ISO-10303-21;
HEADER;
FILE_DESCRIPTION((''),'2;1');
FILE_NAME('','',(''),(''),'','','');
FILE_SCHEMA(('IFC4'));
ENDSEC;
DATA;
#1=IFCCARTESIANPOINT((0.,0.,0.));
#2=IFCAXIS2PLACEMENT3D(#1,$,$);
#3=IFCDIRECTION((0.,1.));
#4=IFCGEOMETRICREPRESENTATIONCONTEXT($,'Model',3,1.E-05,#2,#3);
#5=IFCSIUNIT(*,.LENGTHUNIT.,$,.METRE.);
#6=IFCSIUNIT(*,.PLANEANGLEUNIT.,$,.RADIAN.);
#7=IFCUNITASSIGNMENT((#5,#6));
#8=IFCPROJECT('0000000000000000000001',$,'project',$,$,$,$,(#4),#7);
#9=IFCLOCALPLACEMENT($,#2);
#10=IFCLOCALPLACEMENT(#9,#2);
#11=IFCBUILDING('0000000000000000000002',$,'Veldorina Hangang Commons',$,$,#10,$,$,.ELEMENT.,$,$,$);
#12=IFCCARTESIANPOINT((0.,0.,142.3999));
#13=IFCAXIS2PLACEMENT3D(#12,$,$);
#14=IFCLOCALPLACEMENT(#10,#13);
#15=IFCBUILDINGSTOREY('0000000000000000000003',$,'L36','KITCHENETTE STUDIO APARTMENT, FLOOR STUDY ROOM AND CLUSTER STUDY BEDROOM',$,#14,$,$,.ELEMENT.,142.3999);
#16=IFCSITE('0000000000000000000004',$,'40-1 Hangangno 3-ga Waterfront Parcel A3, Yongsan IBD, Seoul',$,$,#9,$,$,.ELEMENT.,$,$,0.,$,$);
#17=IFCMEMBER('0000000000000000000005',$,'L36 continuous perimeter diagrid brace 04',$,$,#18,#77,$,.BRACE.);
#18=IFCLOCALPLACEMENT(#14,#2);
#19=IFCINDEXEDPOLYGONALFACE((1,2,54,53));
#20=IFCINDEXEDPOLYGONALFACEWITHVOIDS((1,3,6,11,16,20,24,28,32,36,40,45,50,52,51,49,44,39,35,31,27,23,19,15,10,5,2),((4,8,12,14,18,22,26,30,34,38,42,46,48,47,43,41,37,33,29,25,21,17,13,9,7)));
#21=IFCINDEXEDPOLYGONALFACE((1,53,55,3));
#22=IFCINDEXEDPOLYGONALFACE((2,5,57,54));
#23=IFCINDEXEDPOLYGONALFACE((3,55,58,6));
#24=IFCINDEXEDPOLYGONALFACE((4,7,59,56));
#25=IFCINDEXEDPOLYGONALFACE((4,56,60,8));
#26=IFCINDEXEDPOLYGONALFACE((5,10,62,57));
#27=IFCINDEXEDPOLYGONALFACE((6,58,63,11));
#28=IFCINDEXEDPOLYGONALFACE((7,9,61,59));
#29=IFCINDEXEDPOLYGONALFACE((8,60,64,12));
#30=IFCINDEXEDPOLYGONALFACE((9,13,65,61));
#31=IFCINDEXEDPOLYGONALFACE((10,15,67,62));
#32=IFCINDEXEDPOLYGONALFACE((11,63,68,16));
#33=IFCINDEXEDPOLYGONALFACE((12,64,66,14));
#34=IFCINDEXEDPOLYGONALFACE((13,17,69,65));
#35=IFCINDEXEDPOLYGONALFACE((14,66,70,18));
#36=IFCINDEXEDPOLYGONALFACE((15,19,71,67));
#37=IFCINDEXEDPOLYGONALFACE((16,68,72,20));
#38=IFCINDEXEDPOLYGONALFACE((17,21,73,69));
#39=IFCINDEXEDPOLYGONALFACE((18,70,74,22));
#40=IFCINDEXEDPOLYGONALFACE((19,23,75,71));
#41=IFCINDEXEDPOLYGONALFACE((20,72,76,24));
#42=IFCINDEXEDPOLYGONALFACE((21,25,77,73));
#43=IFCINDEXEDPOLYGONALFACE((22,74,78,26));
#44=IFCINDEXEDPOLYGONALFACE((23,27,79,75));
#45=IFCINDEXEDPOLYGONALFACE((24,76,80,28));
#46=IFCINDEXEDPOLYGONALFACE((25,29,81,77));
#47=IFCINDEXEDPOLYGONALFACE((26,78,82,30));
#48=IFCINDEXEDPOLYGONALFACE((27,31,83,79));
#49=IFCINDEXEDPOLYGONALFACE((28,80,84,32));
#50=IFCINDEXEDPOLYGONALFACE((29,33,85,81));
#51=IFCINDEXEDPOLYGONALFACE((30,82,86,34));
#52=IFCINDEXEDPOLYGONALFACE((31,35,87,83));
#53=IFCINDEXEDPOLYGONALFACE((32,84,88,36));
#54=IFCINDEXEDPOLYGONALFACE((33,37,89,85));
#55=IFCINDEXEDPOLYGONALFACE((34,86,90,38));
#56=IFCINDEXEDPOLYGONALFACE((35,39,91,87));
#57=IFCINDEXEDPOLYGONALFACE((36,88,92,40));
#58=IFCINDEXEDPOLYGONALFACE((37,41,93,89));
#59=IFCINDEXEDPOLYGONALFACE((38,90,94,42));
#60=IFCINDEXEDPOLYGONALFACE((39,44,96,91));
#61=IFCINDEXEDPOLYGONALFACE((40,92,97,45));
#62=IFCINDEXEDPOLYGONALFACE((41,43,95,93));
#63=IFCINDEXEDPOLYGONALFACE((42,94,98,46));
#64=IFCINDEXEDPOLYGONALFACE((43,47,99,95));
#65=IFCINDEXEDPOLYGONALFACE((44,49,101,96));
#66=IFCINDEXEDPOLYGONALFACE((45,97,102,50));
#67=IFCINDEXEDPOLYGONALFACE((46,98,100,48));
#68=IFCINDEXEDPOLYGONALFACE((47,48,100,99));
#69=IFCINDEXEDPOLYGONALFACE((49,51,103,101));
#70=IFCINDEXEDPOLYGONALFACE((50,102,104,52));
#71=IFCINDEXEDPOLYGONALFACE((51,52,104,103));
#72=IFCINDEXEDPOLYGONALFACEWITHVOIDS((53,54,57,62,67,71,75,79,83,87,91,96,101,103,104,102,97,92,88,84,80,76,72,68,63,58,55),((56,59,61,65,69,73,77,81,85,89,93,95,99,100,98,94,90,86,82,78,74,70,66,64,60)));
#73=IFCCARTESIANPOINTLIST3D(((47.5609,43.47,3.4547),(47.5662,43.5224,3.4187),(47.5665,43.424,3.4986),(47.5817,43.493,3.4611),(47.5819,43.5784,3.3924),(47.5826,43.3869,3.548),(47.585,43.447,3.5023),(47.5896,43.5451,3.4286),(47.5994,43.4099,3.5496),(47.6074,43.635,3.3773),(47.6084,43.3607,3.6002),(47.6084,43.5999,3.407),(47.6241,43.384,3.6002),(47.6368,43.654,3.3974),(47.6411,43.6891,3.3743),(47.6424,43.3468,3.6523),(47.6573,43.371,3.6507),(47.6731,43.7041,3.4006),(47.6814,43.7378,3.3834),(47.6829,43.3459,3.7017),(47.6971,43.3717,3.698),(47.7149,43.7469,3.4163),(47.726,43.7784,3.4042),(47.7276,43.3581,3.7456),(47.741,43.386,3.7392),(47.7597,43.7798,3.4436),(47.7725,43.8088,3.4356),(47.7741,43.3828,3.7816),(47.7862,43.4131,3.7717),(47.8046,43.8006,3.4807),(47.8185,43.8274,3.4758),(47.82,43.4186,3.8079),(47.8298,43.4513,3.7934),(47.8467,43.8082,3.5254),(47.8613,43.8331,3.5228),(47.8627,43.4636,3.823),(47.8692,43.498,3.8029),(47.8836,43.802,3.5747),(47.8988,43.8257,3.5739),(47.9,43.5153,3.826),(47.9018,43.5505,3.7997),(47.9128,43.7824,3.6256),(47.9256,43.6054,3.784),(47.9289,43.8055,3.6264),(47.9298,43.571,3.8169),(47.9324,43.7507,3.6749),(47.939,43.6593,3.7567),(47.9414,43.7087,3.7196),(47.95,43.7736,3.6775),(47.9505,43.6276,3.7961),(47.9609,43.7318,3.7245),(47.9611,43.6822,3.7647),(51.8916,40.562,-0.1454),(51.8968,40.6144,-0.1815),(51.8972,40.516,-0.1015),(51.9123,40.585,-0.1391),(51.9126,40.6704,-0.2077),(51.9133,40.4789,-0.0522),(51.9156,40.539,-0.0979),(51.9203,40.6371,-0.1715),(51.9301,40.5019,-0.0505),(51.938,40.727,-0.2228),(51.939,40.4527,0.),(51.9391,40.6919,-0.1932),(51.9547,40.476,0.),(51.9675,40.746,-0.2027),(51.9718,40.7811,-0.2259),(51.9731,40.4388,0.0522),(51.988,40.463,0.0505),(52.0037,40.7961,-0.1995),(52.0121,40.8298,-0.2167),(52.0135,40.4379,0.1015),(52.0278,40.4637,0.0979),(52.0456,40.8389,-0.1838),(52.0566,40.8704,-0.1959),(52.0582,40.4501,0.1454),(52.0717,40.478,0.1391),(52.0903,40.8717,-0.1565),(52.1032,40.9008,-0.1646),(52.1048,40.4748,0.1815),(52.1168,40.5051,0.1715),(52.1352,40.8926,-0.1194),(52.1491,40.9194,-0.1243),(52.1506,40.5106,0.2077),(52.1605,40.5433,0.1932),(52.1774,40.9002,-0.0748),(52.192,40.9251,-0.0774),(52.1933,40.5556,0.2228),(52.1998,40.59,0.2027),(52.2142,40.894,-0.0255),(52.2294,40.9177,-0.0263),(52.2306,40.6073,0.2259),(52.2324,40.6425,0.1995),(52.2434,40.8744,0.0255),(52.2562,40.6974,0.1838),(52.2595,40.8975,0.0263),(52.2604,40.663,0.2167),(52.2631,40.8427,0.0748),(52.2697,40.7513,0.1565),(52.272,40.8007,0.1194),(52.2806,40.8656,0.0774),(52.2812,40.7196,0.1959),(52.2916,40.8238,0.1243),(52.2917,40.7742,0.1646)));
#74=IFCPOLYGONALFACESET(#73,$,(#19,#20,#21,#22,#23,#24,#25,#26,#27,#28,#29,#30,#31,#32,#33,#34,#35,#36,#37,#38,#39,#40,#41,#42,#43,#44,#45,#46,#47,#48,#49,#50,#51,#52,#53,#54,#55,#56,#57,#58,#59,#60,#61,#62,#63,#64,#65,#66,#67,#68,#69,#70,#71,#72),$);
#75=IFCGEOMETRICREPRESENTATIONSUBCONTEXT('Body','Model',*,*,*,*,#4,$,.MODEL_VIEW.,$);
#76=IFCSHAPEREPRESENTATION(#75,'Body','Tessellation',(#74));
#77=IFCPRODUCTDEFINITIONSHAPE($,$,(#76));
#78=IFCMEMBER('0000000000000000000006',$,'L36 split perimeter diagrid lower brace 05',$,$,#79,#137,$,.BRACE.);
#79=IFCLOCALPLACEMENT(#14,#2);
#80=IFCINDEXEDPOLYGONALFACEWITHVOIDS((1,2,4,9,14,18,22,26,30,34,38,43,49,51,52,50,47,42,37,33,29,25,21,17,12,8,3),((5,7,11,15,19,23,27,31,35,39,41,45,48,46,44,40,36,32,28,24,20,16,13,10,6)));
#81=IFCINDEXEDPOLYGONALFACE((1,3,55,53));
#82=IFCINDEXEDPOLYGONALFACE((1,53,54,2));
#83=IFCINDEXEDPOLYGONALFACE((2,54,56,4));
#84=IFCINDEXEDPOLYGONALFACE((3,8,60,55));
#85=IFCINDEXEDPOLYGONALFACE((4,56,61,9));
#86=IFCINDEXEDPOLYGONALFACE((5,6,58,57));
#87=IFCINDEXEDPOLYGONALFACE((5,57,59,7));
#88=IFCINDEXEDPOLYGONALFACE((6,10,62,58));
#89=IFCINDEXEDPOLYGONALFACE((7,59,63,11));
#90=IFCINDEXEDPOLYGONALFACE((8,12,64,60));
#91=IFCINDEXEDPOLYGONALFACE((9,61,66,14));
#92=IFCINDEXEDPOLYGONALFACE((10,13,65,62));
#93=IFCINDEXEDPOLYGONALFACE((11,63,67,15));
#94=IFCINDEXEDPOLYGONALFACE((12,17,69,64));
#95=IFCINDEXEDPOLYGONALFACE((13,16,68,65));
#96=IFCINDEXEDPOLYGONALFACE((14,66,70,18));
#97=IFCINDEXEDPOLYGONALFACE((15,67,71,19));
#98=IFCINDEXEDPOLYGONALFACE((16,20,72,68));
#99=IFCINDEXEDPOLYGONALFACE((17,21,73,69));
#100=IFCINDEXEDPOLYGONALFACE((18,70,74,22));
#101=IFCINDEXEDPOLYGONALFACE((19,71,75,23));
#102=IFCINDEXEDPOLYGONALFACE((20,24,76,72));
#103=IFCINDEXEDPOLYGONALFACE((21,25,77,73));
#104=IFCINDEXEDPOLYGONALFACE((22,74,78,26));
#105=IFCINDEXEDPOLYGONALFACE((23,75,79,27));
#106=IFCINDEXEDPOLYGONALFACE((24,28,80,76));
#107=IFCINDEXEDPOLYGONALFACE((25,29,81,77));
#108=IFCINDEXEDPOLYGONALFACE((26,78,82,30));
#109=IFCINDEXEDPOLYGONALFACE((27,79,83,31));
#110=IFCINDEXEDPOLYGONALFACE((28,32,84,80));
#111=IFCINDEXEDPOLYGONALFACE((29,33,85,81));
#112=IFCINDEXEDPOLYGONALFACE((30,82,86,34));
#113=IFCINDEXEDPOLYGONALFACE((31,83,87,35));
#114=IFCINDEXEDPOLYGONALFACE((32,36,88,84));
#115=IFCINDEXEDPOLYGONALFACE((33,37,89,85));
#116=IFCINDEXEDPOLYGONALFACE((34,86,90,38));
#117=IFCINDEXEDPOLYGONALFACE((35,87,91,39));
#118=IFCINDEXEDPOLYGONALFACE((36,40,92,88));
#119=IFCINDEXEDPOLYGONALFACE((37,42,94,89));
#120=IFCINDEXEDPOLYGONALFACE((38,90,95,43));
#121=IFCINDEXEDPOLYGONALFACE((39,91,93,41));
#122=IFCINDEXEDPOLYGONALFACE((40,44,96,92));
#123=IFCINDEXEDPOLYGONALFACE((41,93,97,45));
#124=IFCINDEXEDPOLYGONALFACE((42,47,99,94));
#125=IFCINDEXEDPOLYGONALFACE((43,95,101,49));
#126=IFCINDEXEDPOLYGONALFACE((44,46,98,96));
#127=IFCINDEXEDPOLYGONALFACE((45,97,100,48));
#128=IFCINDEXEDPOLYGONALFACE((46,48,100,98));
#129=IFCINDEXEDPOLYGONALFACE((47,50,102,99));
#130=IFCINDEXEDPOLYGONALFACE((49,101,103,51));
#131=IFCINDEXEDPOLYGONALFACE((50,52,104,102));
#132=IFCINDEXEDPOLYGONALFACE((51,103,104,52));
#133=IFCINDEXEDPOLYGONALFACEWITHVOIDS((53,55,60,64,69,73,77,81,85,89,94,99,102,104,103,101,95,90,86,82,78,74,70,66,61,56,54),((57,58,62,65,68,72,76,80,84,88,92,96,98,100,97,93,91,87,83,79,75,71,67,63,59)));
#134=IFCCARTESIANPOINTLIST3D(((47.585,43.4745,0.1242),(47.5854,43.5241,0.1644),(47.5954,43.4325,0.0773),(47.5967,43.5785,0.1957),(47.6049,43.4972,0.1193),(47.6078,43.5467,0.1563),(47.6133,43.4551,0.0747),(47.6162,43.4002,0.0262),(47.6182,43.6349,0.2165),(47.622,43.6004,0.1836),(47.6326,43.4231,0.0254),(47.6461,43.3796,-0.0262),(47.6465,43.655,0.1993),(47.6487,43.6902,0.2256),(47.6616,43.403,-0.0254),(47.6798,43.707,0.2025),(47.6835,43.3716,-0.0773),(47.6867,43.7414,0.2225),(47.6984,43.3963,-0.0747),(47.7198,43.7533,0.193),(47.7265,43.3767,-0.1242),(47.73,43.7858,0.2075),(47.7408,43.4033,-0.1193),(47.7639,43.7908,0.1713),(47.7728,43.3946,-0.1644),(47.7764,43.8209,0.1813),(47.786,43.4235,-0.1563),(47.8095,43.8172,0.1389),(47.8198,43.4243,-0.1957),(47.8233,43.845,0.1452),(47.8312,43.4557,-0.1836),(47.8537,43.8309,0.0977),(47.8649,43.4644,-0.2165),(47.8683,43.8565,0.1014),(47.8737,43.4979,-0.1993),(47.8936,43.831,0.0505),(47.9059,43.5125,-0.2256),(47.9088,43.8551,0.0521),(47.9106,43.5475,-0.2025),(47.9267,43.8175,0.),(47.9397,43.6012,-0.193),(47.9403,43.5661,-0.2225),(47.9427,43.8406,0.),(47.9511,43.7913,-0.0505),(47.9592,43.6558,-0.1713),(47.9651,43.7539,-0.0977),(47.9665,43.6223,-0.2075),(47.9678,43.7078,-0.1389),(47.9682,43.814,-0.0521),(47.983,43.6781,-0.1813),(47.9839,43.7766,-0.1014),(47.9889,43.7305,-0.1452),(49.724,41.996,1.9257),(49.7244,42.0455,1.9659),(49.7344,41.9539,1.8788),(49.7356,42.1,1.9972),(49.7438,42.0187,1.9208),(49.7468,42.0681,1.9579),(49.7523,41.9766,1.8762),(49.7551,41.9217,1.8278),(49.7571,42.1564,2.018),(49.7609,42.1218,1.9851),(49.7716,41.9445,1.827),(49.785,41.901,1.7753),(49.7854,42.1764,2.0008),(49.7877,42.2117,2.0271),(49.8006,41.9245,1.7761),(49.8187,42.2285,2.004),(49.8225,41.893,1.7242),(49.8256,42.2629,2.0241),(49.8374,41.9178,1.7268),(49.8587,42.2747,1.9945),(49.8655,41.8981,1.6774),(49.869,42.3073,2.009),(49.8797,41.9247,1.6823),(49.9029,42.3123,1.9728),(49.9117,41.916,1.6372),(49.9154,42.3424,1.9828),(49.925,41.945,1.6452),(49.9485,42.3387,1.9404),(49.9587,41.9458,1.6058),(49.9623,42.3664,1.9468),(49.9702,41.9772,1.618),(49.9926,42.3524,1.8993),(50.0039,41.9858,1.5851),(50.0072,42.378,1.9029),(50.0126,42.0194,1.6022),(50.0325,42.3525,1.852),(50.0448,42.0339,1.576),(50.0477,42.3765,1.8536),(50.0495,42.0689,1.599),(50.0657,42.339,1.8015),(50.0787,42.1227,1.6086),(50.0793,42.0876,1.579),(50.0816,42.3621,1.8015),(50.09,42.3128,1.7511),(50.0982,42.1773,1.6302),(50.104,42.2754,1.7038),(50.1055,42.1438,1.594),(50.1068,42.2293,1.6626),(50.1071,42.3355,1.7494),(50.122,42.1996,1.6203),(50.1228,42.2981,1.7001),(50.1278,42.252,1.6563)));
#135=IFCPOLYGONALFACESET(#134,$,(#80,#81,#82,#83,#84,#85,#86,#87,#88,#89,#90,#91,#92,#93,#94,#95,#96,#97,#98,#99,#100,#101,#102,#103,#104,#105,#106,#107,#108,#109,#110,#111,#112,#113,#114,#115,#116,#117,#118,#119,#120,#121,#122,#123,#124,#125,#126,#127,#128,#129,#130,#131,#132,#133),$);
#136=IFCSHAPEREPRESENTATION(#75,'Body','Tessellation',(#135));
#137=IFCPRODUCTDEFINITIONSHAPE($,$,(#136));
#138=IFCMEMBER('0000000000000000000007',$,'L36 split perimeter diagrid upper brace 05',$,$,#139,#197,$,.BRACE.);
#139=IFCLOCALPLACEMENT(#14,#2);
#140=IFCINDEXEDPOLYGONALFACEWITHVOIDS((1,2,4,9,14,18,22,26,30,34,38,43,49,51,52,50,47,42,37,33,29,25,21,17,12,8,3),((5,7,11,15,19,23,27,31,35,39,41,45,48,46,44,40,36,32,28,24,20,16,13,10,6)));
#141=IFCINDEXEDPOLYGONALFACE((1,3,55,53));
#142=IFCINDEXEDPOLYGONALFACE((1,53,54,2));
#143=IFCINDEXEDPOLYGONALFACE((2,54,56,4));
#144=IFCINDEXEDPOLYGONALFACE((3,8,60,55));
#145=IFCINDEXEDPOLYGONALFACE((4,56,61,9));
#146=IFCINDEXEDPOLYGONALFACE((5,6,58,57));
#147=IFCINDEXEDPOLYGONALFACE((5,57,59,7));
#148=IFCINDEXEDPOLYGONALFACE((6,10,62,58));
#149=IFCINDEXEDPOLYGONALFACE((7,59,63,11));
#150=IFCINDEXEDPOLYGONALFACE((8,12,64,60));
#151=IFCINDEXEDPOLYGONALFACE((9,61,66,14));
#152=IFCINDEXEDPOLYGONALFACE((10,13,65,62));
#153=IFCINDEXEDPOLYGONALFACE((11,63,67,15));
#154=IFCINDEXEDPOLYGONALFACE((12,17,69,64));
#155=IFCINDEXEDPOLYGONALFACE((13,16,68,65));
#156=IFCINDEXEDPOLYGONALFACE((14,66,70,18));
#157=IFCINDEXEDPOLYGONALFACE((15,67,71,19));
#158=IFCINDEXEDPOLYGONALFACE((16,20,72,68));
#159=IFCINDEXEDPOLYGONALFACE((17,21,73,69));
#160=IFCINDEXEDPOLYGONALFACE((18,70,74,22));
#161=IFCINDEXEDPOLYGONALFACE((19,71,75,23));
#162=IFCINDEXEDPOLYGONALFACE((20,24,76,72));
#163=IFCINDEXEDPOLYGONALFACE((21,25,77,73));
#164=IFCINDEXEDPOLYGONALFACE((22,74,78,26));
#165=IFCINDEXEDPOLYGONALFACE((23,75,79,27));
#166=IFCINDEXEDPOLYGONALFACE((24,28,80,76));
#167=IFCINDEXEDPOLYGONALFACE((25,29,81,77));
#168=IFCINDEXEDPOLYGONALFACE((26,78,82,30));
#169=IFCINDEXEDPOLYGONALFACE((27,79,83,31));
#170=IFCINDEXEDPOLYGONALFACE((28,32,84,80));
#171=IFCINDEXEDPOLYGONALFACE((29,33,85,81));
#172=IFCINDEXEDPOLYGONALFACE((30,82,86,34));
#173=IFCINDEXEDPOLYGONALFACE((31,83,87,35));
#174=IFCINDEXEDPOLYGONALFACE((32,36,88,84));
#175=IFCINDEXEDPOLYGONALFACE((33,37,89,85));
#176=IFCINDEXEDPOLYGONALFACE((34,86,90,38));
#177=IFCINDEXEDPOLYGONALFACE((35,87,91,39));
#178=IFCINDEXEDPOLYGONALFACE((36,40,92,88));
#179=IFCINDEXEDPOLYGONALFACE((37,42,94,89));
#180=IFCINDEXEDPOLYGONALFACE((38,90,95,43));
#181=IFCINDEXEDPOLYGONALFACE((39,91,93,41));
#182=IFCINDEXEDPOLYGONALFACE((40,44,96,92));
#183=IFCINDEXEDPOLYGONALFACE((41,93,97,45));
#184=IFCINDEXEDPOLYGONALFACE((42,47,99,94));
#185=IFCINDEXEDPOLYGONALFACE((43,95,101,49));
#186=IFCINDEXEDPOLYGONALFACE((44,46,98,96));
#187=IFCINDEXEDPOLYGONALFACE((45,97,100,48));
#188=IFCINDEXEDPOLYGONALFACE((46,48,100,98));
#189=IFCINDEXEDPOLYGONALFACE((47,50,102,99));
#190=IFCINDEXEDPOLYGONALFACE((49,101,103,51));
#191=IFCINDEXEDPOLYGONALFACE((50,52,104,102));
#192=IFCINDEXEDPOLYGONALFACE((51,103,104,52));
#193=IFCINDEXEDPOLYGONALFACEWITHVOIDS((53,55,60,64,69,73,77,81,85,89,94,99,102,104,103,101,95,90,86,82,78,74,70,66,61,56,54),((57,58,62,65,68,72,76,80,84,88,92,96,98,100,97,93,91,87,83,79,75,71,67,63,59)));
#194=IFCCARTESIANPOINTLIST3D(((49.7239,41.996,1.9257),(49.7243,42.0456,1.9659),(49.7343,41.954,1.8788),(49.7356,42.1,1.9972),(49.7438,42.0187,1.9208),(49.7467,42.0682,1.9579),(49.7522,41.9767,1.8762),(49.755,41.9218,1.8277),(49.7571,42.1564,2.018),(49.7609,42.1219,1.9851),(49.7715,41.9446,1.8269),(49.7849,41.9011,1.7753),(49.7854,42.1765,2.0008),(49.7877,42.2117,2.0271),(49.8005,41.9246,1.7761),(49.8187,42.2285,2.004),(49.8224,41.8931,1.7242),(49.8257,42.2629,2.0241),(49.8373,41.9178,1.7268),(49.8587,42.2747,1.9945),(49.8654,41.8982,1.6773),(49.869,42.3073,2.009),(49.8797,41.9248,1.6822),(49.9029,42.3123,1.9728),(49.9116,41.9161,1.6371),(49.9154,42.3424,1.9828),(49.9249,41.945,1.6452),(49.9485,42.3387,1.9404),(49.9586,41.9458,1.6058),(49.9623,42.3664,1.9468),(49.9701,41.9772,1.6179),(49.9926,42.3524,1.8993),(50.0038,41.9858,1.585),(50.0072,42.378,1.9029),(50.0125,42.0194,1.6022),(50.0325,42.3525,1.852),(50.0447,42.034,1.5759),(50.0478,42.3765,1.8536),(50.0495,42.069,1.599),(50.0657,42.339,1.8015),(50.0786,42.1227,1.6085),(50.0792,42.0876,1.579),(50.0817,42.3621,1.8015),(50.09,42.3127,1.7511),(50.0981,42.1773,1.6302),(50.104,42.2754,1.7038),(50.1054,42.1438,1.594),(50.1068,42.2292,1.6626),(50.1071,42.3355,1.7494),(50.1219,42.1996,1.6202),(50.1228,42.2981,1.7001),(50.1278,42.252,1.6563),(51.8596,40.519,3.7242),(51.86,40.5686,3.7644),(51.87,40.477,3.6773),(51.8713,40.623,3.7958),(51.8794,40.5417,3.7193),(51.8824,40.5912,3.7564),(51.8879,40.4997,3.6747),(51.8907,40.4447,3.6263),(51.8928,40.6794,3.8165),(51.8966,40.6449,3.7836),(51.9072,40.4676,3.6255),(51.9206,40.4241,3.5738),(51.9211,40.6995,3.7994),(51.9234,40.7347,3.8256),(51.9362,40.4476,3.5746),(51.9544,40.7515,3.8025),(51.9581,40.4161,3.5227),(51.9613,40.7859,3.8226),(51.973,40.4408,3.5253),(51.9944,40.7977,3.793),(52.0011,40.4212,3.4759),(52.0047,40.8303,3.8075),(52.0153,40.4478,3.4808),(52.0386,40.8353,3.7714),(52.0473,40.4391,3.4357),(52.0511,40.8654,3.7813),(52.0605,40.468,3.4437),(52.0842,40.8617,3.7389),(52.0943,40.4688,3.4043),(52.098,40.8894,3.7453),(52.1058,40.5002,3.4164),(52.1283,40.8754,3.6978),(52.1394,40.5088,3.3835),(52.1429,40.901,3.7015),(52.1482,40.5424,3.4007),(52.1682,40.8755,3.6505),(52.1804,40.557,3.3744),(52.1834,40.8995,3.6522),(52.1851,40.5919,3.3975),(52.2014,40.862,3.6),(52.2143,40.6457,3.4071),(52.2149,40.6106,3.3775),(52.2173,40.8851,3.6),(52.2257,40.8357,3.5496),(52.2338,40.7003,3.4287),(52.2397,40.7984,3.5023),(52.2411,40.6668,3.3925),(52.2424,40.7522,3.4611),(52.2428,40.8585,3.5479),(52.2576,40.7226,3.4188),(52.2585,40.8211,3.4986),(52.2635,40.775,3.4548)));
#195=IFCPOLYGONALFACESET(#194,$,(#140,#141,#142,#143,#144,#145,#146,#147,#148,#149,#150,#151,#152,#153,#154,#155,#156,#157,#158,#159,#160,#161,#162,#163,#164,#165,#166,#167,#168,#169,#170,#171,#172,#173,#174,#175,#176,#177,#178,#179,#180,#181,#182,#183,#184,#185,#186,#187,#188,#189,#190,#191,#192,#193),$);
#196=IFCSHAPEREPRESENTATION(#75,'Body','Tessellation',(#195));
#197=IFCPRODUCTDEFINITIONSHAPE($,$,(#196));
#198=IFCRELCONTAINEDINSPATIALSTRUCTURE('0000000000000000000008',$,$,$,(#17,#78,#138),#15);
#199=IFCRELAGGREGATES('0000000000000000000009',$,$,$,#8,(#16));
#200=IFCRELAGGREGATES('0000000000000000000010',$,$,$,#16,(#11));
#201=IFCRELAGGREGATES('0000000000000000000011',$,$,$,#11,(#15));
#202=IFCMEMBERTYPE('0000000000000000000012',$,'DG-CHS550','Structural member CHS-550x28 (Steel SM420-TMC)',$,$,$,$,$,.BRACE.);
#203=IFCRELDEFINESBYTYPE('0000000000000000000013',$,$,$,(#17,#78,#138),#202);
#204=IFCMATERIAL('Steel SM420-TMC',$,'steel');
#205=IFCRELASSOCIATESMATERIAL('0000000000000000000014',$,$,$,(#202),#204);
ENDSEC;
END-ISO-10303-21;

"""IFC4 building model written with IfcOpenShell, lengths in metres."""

from ifc_helpers import new_model, si_unit, direction, frame, origin, origin_2d, place, context, subcontext, project, spatial, hollow_circle, extrude, material, material_profile, profile_set, type_object, element, save


model = new_model("IFC4")

# Units and contexts
model_context = context("Model", 3, precision=1e-05, world=origin(), true_north=direction((0.0, 1.0)))
body_context = subcontext(model_context, "Body", "Model", "MODEL_VIEW")
ifc_project = project(units=[si_unit("LENGTHUNIT", "METRE"), si_unit("PLANEANGLEUNIT", "RADIAN")], contexts=[model_context])

# Site, building, storey
site_placement = place(None, origin())
site = spatial("IfcSite", under=ifc_project, at=site_placement, Name="40-1 Hangangno 3-ga Waterfront Parcel A3, Yongsan IBD, Seoul", CompositionType="ELEMENT", RefElevation=0.0)
building_placement = place(site_placement, origin())
building = spatial("IfcBuilding", under=site, at=building_placement, Name="Veldorina Hangang Commons", CompositionType="ELEMENT")
storey_placement = place(building_placement, frame((0.0, 0.0, 142.3999)))
storey = spatial("IfcBuildingStorey", under=building, at=storey_placement, Name="L36", Description="KITCHENETTE STUDIO APARTMENT, FLOOR STUDY ROOM AND CLUSTER STUDY BEDROOM", CompositionType="ELEMENT", Elevation=142.3999)

# Shared definitions
ifc_material_1 = material(Name="Steel SM420-TMC", Category="steel")

# Members
ifc_material_profile_1 = material_profile(ifc_material_1, hollow_circle(Radius=0.2749, WallThickness=0.0281, at=origin_2d()), Name="CHS-550x28")
ifc_profile_set_1 = profile_set([ifc_material_profile_1], Name="Steel SM420-TMC")
member_type = type_object("IfcMemberType", Name="DG-CHS550", Description="Structural member CHS-550x28 (Steel SM420-TMC)", PredefinedType="BRACE", material=ifc_profile_set_1)
member_1_placement = place(storey_placement, frame((52.0923, 40.6809, 0.0), z_axis=(-0.683266, 0.458811, 0.568014), x_axis=(-0.557473, -0.830195, 0.0)))
element("IfcMember", 1, at=member_1_placement, inside=storey, type_object=member_type, Name="L36 continuous perimeter diagrid brace 04", PredefinedType="BRACE", context=body_context, shape_type="SweptSolid", body=[
    extrude(hollow_circle(Radius=0.2749, WallThickness=0.0281, at=origin_2d()), origin(), (0.0, 0.0, 1.0), 6.3381),
])
member_2_placement = place(storey_placement, frame((47.7864, 43.6145, 0.0), z_axis=(0.676168, -0.467398, 0.569506), x_axis=(0.568619, 0.822601, 0.0)))
element("IfcMember", 2, at=member_2_placement, inside=storey, type_object=member_type, Name="L36 split perimeter diagrid lower brace 05", PredefinedType="BRACE", context=body_context, shape_type="SweptSolid", body=[
    extrude(hollow_circle(Radius=0.2749, WallThickness=0.0281, at=origin_2d()), origin(), (0.0, 0.0, 1.0), 3.1633),
])
member_3_placement = place(storey_placement, frame((49.9253, 42.136, 1.8015), z_axis=(0.676126, -0.4676, 0.569389), x_axis=(0.568809, 0.82247, 0.0)))
element("IfcMember", 3, at=member_3_placement, inside=storey, type_object=member_type, Name="L36 split perimeter diagrid upper brace 05", PredefinedType="BRACE", context=body_context, shape_type="SweptSolid", body=[
    extrude(hollow_circle(Radius=0.2749, WallThickness=0.0281, at=origin_2d()), origin(), (0.0, 0.0, 1.0), 3.1587),
])

save(model, "model.ifc")
